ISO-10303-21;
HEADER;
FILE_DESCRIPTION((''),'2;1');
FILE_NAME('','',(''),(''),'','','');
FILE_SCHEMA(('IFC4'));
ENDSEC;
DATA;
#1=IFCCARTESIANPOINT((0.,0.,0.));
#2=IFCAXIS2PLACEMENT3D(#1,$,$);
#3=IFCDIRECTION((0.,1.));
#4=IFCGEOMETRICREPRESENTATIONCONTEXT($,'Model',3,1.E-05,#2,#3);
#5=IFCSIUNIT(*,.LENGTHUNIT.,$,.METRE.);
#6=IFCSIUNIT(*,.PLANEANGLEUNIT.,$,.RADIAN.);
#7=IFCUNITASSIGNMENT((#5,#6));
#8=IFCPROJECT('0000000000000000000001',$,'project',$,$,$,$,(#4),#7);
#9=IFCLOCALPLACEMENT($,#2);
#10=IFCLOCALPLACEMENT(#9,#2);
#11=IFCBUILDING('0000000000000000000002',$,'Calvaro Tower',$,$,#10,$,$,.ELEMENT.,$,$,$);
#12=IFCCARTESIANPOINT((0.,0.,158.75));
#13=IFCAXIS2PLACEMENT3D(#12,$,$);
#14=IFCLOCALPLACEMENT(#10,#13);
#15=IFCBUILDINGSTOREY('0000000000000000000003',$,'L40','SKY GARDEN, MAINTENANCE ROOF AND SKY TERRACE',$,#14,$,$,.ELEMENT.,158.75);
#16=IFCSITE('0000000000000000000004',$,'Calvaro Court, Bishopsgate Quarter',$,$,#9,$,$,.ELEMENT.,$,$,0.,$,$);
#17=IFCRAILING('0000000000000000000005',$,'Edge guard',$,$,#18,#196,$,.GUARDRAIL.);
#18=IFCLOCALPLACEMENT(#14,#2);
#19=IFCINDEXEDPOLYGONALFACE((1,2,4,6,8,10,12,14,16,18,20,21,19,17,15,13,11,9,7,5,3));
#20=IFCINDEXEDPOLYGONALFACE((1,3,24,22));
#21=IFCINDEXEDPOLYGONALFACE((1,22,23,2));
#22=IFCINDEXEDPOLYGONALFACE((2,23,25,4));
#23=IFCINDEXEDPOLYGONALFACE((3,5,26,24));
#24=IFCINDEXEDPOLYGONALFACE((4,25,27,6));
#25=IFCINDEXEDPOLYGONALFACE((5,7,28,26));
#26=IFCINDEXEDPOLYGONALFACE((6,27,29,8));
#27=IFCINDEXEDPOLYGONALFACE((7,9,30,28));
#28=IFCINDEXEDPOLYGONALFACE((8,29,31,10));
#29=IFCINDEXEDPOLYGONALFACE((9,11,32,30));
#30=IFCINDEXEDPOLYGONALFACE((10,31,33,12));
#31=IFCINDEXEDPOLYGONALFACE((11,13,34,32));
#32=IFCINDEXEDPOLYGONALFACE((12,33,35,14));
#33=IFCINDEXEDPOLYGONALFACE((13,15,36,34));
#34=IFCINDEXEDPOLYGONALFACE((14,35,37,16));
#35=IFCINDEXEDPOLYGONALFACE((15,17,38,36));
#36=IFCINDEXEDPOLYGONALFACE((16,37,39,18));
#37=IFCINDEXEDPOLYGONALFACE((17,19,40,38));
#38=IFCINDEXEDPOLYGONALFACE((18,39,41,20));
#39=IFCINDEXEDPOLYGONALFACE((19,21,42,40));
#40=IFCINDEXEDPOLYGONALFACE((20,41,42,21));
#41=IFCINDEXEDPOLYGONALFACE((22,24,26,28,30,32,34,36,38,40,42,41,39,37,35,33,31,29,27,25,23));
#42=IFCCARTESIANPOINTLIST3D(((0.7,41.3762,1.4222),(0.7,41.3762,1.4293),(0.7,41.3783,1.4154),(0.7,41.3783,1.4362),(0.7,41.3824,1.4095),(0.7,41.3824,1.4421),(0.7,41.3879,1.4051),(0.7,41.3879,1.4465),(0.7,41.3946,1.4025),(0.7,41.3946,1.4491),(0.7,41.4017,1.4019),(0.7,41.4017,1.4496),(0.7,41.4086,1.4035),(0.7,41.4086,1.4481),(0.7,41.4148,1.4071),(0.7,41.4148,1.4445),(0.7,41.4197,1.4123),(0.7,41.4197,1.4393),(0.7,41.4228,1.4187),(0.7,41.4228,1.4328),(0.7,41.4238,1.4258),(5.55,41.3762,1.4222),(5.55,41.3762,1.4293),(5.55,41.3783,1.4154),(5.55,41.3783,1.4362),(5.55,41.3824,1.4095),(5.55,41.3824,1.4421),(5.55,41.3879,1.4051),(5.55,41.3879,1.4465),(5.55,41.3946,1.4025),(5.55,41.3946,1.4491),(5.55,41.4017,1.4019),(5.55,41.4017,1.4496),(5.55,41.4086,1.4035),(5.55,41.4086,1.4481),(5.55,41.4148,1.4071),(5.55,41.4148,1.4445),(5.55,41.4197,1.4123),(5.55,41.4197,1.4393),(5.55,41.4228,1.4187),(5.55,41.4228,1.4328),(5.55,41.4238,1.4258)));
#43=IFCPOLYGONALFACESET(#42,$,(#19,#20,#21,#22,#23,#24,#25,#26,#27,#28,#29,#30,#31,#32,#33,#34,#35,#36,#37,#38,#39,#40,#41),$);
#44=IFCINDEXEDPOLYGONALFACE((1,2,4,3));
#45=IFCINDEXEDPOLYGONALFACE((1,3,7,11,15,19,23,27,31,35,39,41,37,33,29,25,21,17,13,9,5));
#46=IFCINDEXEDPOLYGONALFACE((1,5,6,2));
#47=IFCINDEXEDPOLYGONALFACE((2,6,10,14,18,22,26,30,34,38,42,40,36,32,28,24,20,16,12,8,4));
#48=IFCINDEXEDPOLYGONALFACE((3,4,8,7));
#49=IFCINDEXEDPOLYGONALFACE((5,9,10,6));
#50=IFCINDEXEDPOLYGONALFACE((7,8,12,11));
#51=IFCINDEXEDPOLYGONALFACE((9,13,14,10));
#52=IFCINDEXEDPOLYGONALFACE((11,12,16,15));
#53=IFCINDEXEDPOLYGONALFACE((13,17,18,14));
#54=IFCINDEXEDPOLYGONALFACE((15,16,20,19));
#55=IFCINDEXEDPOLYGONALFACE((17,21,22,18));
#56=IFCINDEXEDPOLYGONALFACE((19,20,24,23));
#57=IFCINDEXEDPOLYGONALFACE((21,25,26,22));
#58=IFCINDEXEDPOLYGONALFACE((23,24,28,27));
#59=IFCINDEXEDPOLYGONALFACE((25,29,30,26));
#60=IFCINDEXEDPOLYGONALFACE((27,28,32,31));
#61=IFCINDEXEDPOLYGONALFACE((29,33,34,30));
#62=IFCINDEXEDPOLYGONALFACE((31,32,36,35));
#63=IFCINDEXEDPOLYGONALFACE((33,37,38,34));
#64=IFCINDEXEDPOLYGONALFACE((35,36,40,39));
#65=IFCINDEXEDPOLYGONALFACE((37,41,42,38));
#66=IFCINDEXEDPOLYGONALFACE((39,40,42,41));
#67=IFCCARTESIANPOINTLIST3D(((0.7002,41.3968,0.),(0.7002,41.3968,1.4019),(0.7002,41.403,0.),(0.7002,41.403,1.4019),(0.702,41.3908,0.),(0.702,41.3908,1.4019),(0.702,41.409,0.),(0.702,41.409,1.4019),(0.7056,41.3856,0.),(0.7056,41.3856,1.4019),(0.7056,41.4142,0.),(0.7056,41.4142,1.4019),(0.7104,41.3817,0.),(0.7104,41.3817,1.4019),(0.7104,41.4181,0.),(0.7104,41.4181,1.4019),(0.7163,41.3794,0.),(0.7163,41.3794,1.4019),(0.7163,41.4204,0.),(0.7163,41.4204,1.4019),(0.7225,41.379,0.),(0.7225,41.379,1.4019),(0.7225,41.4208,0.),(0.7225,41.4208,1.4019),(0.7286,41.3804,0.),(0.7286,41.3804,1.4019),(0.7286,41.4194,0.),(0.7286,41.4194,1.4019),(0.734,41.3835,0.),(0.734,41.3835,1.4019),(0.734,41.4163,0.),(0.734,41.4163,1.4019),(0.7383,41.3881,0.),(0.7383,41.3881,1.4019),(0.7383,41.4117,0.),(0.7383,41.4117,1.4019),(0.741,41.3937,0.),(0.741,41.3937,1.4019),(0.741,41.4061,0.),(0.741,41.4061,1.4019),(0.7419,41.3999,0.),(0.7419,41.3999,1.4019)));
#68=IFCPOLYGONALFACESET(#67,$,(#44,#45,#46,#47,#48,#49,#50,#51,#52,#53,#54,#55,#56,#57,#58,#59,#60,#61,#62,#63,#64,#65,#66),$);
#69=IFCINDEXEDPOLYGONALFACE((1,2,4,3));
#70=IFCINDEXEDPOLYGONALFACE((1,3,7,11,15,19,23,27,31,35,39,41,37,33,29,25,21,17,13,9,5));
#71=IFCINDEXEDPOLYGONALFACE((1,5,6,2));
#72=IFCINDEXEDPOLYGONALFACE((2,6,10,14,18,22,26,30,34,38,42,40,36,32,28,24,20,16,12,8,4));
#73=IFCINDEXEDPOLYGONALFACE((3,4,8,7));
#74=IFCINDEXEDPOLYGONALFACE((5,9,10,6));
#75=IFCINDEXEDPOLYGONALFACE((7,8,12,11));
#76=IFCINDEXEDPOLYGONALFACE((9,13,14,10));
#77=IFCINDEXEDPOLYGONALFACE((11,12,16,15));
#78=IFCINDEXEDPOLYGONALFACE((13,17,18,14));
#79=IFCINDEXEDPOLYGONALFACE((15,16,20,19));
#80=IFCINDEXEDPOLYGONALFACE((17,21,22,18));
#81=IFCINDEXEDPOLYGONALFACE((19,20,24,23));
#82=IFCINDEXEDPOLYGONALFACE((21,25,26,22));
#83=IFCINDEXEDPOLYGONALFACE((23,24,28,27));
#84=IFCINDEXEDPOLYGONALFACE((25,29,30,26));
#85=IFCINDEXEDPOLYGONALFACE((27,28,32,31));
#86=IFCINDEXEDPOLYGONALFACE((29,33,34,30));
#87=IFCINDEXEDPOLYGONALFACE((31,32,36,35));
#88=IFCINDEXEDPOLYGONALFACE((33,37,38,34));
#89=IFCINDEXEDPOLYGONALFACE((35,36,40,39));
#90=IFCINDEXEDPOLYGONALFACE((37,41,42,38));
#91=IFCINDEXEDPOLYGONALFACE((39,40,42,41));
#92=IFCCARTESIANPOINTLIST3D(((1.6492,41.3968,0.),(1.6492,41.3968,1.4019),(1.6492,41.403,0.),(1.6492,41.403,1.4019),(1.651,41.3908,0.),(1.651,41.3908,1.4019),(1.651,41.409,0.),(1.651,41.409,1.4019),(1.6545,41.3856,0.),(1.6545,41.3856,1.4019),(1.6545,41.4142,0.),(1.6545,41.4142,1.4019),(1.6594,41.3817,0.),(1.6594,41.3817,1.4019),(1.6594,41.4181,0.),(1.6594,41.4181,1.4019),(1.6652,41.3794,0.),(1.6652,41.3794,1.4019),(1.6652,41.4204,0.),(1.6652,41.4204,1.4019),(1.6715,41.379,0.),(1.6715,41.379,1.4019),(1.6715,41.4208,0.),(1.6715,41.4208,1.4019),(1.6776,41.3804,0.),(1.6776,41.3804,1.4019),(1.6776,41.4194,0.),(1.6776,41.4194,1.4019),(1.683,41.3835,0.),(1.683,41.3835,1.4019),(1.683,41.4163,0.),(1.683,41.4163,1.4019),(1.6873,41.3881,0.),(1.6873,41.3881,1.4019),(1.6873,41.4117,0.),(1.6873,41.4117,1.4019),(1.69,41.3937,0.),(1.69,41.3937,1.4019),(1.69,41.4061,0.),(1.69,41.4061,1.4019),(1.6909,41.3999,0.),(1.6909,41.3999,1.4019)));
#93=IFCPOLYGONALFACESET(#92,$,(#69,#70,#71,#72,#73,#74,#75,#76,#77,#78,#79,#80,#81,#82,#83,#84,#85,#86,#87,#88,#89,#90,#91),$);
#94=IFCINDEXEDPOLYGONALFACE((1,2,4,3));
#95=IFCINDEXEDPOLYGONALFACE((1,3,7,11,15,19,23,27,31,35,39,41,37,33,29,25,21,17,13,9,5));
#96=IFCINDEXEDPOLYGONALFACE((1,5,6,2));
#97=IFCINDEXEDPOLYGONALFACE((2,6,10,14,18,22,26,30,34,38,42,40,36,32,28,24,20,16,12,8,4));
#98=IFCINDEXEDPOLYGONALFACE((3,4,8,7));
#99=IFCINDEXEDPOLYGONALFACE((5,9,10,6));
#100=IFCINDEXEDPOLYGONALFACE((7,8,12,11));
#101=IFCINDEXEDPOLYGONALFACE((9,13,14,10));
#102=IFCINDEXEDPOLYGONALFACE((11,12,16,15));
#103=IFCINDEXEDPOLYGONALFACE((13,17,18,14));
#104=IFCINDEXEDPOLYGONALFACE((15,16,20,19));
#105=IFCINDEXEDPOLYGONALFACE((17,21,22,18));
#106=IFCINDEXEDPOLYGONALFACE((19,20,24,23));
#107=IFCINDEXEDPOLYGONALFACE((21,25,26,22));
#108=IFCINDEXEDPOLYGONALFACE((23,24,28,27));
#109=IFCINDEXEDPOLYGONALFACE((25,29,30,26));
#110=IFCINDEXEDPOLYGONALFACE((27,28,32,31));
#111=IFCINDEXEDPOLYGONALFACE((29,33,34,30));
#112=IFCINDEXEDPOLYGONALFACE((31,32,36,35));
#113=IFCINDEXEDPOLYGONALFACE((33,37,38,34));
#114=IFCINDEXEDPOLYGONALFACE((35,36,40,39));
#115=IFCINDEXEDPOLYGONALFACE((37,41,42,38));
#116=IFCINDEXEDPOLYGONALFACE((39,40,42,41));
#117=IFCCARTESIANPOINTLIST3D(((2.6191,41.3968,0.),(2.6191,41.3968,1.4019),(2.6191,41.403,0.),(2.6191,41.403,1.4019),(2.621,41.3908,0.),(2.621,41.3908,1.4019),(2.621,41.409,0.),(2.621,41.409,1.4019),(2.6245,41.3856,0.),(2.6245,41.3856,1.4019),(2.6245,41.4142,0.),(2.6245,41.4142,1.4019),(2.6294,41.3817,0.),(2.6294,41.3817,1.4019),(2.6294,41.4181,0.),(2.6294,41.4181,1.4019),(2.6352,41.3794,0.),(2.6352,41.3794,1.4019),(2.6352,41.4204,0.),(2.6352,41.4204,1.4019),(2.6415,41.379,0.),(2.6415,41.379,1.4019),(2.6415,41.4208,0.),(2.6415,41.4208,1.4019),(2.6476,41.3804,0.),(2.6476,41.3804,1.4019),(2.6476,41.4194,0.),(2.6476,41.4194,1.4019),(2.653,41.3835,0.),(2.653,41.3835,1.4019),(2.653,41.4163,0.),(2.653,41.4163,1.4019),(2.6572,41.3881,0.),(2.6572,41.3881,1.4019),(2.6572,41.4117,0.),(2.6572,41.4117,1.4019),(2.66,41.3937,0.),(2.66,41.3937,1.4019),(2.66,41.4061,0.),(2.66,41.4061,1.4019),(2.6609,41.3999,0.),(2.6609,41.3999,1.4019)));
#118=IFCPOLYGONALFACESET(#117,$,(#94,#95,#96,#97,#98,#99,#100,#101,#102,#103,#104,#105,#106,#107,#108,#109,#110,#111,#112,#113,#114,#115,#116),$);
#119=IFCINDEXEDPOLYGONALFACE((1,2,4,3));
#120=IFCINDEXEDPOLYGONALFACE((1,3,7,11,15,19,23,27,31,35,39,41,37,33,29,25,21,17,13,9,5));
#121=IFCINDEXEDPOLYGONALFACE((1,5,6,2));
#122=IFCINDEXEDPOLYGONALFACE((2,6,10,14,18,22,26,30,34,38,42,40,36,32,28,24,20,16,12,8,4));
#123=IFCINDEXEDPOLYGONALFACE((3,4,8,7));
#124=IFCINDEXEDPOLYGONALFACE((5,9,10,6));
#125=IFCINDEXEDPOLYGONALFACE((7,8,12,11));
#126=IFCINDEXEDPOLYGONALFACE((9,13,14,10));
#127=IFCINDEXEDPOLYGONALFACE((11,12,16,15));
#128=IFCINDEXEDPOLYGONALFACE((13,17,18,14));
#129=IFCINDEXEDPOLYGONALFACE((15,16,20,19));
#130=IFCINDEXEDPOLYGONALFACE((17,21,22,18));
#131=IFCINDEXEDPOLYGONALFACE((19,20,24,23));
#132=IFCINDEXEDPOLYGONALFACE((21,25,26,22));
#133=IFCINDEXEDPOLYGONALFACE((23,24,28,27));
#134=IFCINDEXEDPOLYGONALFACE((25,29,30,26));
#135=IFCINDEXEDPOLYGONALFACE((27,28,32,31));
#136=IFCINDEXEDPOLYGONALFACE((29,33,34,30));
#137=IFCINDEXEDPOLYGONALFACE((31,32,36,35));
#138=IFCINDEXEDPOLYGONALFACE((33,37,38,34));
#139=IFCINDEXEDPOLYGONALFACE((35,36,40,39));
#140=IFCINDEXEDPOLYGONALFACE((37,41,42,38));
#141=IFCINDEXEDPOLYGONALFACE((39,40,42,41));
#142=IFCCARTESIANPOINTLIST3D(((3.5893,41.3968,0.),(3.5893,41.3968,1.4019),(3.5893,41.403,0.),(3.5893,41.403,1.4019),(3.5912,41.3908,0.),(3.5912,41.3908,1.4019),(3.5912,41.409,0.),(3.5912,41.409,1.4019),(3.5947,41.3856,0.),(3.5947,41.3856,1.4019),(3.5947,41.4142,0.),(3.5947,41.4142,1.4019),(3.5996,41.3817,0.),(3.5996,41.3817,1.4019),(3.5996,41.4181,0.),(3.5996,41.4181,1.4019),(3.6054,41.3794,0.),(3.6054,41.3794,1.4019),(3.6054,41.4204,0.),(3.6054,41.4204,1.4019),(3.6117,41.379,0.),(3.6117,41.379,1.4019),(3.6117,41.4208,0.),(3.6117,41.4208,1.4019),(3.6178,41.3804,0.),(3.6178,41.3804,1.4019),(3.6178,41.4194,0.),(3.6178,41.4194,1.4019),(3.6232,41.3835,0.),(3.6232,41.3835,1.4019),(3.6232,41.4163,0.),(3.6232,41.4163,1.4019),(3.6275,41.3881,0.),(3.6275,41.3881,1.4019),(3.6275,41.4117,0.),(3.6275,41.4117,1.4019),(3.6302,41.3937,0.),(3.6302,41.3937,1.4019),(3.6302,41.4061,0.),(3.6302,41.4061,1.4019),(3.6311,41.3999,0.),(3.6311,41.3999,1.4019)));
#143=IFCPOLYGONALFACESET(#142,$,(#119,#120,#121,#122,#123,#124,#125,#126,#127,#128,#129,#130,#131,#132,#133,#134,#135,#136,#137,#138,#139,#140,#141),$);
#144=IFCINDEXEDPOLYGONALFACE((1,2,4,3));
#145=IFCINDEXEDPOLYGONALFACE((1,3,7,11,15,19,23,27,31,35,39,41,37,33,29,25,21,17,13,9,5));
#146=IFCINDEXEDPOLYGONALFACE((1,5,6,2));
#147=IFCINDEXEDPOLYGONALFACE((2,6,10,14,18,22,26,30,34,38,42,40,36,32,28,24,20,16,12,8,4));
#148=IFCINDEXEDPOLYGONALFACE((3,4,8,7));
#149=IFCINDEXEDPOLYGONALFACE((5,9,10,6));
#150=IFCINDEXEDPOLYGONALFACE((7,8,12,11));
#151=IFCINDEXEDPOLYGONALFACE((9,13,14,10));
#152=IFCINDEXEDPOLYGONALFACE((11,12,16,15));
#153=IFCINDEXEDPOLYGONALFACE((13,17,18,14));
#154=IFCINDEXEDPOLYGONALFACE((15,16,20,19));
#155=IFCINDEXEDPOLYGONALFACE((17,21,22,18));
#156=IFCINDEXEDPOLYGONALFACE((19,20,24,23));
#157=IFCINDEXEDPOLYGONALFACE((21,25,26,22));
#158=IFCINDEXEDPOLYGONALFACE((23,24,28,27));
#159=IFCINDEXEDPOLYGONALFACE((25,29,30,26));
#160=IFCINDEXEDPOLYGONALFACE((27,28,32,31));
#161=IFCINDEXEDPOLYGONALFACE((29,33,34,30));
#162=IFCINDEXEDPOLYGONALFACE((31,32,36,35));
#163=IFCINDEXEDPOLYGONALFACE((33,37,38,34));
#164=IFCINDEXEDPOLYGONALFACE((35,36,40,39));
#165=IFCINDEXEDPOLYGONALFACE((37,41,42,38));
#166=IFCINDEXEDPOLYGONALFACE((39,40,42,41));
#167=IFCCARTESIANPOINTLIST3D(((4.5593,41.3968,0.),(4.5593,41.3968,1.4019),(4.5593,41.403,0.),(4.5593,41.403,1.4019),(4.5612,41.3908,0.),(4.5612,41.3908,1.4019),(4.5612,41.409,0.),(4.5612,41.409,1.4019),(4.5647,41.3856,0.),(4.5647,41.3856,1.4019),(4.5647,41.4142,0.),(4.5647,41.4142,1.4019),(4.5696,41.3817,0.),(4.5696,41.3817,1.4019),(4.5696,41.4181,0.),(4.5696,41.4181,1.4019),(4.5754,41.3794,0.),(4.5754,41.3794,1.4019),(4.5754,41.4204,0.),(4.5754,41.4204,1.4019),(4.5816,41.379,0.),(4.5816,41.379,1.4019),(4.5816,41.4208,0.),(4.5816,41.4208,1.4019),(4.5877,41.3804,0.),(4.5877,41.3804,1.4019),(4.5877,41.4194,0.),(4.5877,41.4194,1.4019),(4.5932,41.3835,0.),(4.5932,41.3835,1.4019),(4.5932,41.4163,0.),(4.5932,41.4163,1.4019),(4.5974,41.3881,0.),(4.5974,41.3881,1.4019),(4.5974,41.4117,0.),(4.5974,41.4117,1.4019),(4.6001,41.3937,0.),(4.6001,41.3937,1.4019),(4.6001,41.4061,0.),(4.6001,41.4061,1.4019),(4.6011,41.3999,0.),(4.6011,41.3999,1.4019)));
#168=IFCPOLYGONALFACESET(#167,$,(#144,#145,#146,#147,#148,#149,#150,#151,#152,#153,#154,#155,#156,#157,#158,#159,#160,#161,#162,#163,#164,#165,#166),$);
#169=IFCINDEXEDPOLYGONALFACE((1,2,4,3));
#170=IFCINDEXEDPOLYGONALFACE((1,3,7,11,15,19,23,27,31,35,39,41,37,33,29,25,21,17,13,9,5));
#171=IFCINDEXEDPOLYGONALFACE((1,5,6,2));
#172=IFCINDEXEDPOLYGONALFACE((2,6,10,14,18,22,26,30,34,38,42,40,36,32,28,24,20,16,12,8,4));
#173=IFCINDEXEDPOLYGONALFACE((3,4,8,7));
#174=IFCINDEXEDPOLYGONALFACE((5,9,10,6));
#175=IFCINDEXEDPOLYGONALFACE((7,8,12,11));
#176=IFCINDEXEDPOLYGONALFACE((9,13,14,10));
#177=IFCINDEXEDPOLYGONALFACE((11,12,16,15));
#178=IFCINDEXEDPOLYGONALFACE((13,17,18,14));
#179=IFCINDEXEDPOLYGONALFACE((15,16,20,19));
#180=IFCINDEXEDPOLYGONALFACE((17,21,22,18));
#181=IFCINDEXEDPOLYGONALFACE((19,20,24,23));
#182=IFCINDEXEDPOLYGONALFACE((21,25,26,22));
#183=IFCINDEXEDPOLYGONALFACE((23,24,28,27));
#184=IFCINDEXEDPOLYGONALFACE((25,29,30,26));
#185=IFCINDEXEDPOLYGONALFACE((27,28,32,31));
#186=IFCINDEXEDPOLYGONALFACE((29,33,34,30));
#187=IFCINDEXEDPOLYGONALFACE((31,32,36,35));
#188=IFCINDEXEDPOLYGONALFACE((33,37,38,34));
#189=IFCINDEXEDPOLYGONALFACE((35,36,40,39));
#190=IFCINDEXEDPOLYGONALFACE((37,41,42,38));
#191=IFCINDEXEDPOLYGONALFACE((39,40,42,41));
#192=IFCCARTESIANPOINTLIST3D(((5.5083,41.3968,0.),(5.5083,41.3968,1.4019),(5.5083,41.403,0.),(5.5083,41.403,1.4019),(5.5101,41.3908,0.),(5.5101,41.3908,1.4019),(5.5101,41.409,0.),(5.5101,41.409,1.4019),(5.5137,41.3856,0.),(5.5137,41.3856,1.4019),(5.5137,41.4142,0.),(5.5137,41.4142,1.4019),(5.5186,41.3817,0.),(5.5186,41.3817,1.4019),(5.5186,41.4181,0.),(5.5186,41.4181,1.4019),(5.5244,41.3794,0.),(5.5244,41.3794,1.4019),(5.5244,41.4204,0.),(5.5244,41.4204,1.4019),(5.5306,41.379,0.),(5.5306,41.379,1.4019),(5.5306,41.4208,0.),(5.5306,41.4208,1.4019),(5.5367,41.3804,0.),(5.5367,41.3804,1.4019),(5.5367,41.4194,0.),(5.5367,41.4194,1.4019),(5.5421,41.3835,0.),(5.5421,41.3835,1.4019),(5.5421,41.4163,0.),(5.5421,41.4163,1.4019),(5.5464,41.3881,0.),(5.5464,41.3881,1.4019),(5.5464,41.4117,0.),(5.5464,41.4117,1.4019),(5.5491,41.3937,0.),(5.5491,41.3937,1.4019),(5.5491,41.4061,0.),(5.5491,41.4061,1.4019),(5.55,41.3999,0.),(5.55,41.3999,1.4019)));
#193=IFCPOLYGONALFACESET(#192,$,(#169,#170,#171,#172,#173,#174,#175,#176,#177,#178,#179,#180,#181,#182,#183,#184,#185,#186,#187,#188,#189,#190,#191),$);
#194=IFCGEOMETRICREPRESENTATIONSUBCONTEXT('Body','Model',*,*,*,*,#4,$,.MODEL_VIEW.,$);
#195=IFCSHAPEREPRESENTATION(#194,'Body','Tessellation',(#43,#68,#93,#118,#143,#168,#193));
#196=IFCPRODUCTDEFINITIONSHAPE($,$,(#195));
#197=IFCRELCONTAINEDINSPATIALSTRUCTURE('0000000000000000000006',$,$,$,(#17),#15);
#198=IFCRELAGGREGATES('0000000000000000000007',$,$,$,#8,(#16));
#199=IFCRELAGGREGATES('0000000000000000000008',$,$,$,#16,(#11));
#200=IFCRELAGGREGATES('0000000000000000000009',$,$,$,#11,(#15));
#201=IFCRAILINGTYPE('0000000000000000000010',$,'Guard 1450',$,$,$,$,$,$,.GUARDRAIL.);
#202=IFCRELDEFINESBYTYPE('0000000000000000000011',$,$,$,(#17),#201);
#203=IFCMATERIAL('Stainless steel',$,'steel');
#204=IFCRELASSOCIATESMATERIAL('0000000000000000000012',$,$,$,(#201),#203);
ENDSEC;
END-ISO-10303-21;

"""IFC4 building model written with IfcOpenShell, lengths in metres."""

from ifc_helpers import new_model, si_unit, direction, frame, origin, origin_2d, place, context, subcontext, project, spatial, circle, extrude, material, type_object, element, save


model = new_model("IFC4")

# Units and contexts
model_context = context("Model", 3, precision=1e-05, world=origin(), true_north=direction((0.0, 1.0)))
body_context = subcontext(model_context, "Body", "Model", "MODEL_VIEW")
ifc_project = project(units=[si_unit("LENGTHUNIT", "METRE"), si_unit("PLANEANGLEUNIT", "RADIAN")], contexts=[model_context])

# Site, building, storey
site_placement = place(None, origin())
site = spatial("IfcSite", under=ifc_project, at=site_placement, Name="Calvaro Court, Bishopsgate Quarter", CompositionType="ELEMENT", RefElevation=0.0)
building_placement = place(site_placement, origin())
building = spatial("IfcBuilding", under=site, at=building_placement, Name="Calvaro Tower", CompositionType="ELEMENT")
storey_placement = place(building_placement, frame((0.0, 0.0, 158.75)))
storey = spatial("IfcBuildingStorey", under=building, at=storey_placement, Name="L40", Description="SKY GARDEN, MAINTENANCE ROOF AND SKY TERRACE", CompositionType="ELEMENT", Elevation=158.75)

# Railing
ifc_material_1 = material(Name="Stainless steel", Category="steel")
railing_type_1 = type_object("IfcRailingType", Name="Guard 1450", PredefinedType="GUARDRAIL", material=ifc_material_1)
railing_1_placement = place(storey_placement, frame((0.7, 41.3999, 0.0)))
element("IfcRailing", 1, at=railing_1_placement, inside=storey, type_object=railing_type_1, Name="Edge guard", PredefinedType="GUARDRAIL", context=body_context, shape_type="SweptSolid", body=[
    extrude(circle(Radius=0.0239, at=origin_2d()), frame((0.0, 0.0, 1.4258), z_axis=(1.0, 0.0, 0.0), x_axis=(0.0, 1.0, 0.0)), (0.0, 0.0, 1.0), 4.8501),
    extrude(circle(Radius=0.021, at=origin_2d()), frame((0.021, 0.0, 0.0)), (0.0, 0.0, 1.0), 1.4019),
    extrude(circle(Radius=0.021, at=origin_2d()), frame((0.97, 0.0, 0.0)), (0.0, 0.0, 1.0), 1.4019),
    extrude(circle(Radius=0.021, at=origin_2d()), frame((1.9399, 0.0, 0.0)), (0.0, 0.0, 1.0), 1.4019),
    extrude(circle(Radius=0.021, at=origin_2d()), frame((2.9102, 0.0, 0.0)), (0.0, 0.0, 1.0), 1.4019),
    extrude(circle(Radius=0.021, at=origin_2d()), frame((3.8801, 0.0, 0.0)), (0.0, 0.0, 1.0), 1.4019),
    extrude(circle(Radius=0.021, at=origin_2d()), frame((4.8291, 0.0, 0.0)), (0.0, 0.0, 1.0), 1.4019),
])

save(model, "model.ifc")
